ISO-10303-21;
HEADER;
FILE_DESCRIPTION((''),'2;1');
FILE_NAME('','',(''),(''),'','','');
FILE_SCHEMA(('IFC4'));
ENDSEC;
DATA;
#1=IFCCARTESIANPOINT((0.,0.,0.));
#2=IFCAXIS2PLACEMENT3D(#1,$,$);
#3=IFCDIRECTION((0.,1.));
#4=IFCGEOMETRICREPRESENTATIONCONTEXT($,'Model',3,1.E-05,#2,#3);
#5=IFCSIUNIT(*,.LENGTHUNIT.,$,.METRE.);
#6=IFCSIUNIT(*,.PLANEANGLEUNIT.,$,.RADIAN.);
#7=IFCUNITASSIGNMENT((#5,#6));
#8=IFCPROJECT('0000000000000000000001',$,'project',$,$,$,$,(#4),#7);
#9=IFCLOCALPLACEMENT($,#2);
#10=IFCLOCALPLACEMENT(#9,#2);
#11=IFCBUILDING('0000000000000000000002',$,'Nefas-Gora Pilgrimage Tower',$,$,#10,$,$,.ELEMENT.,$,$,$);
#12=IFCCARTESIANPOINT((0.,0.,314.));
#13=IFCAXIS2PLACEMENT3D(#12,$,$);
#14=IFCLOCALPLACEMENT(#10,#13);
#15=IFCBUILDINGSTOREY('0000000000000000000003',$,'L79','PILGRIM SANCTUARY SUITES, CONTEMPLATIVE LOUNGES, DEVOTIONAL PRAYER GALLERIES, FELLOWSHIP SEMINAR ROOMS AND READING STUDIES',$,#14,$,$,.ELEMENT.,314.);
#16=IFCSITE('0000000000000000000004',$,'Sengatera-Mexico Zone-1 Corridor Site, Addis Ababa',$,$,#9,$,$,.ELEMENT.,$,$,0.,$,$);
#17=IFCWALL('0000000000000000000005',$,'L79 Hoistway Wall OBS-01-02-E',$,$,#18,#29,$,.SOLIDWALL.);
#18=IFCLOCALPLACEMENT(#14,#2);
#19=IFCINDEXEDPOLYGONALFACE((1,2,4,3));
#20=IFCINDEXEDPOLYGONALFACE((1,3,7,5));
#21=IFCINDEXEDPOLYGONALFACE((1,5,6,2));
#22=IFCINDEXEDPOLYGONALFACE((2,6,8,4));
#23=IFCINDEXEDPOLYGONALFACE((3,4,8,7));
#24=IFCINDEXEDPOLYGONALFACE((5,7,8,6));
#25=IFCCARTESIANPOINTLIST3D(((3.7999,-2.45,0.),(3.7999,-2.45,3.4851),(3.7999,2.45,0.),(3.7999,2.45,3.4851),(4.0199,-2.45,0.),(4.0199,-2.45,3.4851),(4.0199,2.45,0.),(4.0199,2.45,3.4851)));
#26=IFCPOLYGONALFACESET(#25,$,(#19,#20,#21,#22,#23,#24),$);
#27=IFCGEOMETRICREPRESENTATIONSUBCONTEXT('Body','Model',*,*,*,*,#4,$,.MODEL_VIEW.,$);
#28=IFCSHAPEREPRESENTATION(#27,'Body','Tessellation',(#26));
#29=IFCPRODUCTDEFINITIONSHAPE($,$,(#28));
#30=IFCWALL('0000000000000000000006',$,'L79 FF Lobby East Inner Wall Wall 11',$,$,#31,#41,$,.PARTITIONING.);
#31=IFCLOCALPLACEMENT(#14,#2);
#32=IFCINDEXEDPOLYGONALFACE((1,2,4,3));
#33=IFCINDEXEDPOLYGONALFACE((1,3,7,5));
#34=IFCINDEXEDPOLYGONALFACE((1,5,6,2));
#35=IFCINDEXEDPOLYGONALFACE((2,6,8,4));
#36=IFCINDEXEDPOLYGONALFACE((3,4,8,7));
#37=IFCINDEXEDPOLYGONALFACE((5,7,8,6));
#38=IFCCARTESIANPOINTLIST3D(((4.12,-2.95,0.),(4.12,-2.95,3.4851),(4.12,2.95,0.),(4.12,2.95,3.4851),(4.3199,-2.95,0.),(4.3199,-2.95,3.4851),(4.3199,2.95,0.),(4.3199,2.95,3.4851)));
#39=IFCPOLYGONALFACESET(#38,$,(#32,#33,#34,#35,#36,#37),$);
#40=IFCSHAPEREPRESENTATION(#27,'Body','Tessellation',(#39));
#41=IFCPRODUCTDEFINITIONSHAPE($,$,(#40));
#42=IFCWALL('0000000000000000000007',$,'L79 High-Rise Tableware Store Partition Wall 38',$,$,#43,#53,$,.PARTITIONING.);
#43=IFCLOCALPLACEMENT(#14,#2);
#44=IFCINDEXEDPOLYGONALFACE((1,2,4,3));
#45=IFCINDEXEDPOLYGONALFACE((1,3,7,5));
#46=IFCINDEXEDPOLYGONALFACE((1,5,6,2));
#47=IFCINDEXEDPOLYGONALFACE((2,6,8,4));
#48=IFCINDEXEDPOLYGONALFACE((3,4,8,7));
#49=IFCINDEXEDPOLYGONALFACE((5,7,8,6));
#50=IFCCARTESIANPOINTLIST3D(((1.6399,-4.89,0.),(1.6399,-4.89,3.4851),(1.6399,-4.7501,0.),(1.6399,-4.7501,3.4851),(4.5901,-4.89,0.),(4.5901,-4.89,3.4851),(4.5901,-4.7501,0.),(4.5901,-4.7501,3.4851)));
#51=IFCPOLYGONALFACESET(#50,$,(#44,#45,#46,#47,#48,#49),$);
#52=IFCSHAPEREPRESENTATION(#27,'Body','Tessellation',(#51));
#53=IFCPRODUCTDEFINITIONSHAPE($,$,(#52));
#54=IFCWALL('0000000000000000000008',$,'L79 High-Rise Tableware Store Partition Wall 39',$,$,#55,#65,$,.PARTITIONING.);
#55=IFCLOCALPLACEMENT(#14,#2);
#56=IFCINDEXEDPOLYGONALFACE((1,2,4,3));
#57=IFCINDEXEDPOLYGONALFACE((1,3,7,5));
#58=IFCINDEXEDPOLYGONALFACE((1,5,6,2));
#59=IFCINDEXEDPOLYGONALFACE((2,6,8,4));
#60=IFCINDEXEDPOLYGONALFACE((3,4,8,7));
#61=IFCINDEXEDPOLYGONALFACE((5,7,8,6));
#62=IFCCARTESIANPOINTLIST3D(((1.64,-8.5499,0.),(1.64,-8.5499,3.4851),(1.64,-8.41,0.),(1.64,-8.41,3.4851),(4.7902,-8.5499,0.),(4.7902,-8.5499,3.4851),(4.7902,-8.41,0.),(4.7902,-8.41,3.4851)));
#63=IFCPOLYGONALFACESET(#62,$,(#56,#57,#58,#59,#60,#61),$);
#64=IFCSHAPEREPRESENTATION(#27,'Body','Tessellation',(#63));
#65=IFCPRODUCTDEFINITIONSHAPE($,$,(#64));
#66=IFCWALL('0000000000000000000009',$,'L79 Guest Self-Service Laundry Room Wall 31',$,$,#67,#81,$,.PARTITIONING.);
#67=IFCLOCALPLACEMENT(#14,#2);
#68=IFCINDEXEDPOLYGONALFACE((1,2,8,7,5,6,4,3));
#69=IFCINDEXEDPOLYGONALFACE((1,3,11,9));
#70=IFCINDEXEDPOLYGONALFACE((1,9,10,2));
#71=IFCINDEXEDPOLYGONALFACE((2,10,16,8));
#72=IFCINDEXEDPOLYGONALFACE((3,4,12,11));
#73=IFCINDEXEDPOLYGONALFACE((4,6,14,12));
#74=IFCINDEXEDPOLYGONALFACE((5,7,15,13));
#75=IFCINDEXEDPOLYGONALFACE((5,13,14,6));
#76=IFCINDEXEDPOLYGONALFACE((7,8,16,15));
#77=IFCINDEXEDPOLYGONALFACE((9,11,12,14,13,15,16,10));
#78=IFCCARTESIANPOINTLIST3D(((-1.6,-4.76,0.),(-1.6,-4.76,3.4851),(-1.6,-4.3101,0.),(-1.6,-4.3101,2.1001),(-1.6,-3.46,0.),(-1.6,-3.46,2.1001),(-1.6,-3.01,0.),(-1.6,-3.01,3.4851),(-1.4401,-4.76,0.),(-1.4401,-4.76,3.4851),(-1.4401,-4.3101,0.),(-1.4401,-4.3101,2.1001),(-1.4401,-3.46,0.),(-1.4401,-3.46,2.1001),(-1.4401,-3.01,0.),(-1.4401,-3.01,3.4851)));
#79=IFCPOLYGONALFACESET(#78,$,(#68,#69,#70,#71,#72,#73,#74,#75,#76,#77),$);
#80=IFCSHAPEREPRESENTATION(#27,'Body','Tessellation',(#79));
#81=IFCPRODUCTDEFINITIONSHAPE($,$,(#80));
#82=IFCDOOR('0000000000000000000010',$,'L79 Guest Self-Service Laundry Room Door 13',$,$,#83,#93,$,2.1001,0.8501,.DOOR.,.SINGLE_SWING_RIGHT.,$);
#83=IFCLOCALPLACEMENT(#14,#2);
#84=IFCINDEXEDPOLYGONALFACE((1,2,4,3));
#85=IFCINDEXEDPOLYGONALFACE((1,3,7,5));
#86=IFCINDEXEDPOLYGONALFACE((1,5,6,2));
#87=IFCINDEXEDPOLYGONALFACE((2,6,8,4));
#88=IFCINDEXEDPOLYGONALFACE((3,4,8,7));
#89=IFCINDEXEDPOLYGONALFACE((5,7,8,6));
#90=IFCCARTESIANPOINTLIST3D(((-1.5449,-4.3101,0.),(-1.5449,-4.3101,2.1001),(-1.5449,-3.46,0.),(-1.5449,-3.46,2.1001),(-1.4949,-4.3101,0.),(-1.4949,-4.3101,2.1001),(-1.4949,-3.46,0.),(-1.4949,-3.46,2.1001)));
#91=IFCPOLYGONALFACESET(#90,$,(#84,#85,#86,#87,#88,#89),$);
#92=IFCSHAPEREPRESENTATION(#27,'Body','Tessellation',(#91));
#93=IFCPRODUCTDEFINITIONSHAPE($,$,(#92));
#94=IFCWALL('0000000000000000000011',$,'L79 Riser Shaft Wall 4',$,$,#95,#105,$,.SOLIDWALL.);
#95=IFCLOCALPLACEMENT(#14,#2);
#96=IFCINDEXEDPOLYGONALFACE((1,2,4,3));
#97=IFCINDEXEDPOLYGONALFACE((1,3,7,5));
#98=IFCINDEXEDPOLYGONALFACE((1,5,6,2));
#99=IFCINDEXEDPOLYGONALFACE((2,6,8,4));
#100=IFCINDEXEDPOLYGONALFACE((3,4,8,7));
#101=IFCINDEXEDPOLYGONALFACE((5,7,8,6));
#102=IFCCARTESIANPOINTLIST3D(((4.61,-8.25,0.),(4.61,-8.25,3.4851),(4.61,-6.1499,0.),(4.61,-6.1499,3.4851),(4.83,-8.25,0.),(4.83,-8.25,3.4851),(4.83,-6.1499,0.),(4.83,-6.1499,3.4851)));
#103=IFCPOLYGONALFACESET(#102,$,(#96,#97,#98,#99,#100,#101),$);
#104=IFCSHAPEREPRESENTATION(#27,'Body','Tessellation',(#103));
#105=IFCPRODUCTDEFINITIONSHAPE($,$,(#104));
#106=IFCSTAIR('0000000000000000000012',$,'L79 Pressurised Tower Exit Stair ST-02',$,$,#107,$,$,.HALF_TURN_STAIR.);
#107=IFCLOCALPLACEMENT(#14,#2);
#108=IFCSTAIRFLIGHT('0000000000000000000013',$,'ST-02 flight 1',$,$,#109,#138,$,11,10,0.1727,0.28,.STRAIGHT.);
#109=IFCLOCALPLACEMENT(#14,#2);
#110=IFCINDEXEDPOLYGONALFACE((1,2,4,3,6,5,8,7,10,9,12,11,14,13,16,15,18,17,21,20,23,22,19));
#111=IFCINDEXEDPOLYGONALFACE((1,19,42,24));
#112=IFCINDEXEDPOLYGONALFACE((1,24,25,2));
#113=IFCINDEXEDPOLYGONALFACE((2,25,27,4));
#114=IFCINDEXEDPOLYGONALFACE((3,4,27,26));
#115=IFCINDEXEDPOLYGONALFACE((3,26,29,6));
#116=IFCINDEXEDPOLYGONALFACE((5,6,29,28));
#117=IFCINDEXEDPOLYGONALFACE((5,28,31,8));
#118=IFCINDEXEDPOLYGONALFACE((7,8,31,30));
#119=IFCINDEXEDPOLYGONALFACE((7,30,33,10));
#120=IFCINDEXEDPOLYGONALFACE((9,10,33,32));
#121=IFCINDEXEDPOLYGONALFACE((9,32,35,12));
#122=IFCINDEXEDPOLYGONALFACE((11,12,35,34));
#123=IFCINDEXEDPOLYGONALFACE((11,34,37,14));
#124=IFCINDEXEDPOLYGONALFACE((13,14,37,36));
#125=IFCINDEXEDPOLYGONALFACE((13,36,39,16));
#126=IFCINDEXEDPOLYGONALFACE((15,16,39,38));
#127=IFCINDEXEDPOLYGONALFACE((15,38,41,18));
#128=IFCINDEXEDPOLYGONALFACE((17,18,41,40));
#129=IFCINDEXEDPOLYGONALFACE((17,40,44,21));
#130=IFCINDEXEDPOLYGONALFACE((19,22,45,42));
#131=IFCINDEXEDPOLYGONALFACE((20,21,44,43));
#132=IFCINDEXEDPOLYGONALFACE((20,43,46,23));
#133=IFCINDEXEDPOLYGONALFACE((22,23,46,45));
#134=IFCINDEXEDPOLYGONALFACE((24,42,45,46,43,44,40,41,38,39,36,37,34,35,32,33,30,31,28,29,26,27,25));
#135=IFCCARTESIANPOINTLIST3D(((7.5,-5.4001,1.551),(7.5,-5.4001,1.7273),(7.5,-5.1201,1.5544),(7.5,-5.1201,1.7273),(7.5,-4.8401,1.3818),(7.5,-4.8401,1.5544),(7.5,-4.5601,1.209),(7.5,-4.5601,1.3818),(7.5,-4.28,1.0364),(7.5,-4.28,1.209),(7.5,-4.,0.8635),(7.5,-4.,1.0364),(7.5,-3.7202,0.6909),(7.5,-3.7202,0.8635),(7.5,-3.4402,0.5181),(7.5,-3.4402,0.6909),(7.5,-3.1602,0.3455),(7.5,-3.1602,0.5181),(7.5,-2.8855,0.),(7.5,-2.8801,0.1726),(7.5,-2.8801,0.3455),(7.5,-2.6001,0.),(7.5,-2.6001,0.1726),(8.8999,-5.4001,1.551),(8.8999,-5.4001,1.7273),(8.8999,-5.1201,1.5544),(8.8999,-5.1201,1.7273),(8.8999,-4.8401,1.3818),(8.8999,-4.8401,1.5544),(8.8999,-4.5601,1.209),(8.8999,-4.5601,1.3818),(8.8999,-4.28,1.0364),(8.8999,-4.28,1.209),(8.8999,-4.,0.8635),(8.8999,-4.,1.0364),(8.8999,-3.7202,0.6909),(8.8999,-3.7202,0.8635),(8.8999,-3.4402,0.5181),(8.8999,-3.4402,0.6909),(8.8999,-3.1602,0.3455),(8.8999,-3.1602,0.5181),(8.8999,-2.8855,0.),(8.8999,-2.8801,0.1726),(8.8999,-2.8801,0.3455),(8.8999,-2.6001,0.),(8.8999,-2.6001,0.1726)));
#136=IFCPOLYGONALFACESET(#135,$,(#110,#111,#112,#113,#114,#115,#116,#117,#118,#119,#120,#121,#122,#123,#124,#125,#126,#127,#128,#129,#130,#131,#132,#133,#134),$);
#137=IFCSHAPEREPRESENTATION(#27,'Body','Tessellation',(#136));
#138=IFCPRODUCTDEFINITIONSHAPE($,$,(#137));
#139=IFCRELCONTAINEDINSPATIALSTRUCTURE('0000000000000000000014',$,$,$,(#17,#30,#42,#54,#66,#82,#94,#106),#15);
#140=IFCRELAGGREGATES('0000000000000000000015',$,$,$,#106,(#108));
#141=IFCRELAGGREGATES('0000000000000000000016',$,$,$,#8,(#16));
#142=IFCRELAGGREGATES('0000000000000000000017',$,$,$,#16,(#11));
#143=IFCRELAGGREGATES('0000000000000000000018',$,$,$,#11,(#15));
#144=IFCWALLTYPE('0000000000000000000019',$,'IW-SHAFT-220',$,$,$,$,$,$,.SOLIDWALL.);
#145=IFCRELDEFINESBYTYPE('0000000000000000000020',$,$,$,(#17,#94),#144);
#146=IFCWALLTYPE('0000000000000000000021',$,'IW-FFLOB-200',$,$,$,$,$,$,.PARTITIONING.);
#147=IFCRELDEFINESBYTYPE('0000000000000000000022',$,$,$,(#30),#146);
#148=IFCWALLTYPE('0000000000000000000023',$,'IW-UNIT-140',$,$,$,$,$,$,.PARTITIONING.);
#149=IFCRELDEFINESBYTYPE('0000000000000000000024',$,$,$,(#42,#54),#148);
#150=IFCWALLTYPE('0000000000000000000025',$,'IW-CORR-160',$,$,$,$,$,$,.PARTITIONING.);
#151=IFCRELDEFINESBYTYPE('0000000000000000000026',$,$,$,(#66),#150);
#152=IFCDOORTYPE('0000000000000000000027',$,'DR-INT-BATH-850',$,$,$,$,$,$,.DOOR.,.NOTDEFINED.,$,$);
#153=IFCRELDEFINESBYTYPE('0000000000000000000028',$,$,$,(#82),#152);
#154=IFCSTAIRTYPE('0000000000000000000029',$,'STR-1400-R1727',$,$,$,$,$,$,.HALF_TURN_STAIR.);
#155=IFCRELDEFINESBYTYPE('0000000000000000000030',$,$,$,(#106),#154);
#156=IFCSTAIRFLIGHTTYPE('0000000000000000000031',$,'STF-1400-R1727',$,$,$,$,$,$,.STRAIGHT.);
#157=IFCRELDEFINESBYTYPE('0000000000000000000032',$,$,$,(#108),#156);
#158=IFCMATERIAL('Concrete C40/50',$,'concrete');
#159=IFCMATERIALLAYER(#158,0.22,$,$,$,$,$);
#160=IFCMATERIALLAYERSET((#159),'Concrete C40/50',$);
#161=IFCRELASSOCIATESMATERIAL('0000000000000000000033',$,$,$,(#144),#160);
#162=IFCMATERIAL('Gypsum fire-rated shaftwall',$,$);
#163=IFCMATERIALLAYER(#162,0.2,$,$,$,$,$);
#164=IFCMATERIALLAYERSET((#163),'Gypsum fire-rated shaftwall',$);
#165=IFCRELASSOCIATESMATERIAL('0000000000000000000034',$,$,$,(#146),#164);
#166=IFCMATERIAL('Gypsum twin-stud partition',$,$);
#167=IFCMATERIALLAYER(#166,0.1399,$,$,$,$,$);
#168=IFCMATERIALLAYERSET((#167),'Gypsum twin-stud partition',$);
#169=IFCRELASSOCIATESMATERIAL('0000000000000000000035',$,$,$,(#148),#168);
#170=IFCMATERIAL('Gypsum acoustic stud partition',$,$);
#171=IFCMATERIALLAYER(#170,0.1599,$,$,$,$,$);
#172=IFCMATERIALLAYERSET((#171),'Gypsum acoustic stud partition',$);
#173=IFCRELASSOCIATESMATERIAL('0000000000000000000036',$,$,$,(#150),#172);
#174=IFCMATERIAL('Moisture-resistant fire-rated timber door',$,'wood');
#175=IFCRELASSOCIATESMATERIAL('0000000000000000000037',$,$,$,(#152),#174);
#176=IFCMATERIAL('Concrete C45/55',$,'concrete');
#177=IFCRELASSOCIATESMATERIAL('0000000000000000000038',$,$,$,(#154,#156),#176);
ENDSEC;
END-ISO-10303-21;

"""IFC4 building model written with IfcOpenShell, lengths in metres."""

from ifc_helpers import new_model, si_unit, direction, frame, frame_2d, origin, place, context, subcontext, project, spatial, polyline, rectangle, outline, extrude, source, transform, mapped, material, layer, layer_set, type_object, element, fill, aggregate, save


model = new_model("IFC4")

# Units and contexts
model_context = context("Model", 3, precision=1e-05, world=origin(), true_north=direction((0.0, 1.0)))
body_context = subcontext(model_context, "Body", "Model", "MODEL_VIEW")
ifc_project = project(units=[si_unit("LENGTHUNIT", "METRE"), si_unit("PLANEANGLEUNIT", "RADIAN")], contexts=[model_context])

# Site, building, storey
site_placement = place(None, origin())
site = spatial("IfcSite", under=ifc_project, at=site_placement, Name="Sengatera-Mexico Zone-1 Corridor Site, Addis Ababa", CompositionType="ELEMENT", RefElevation=0.0)
building_placement = place(site_placement, origin())
building = spatial("IfcBuilding", under=site, at=building_placement, Name="Nefas-Gora Pilgrimage Tower", CompositionType="ELEMENT")
storey_placement = place(building_placement, frame((0.0, 0.0, 314.0)))
storey = spatial("IfcBuildingStorey", under=building, at=storey_placement, Name="L79", Description="PILGRIM SANCTUARY SUITES, CONTEMPLATIVE LOUNGES, DEVOTIONAL PRAYER GALLERIES, FELLOWSHIP SEMINAR ROOMS AND READING STUDIES", CompositionType="ELEMENT", Elevation=314.0)

# Shared definitions
ifc_material_1 = material(Name="Concrete C40/50", Category="concrete")

# Shared definitions
ifc_material_2 = material(Name="Concrete C45/55", Category="concrete")

# Shared definitions
ifc_layer_1 = layer(ifc_material_1, 0.22)
ifc_layer_set_1 = layer_set([ifc_layer_1], Name="Concrete C40/50")
wall_type_1 = type_object("IfcWallType", Name="IW-SHAFT-220", PredefinedType="SOLIDWALL", material=ifc_layer_set_1)

# Walls
shared_shape_1 = source(origin(), body_context, "Body", "SweptSolid", [
    extrude(rectangle(XDim=4.8999, YDim=0.22, at=frame_2d((2.45, 0.0))), origin(), (0.0, 0.0, 1.0), 3.4851),
])
wall_1_placement = place(storey_placement, frame((3.9099, -2.45, 0.0), z_axis=(0.0, 0.0, 1.0), x_axis=(0.0, 1.0, 0.0)))
element("IfcWall", 1, at=wall_1_placement, inside=storey, type_object=wall_type_1, Name="L79 Hoistway Wall OBS-01-02-E", PredefinedType="SOLIDWALL", context=body_context, shape_type="MappedRepresentation", body=[
    mapped(shared_shape_1, transform((0.0, 0.0, 0.0), x_axis=(1.0, 0.0, 0.0), y_axis=(0.0, 1.0, 0.0), z_axis=(0.0, 0.0, 1.0), scale=1.0)),
])
ifc_material_3 = material(Name="Gypsum fire-rated shaftwall")
ifc_layer_2 = layer(ifc_material_3, 0.2)
ifc_layer_set_2 = layer_set([ifc_layer_2], Name="Gypsum fire-rated shaftwall")
wall_type_2 = type_object("IfcWallType", Name="IW-FFLOB-200", PredefinedType="PARTITIONING", material=ifc_layer_set_2)
shared_shape_2 = source(origin(), body_context, "Body", "SweptSolid", [
    extrude(rectangle(XDim=5.8999, YDim=0.2, at=frame_2d((2.95, 0.0))), origin(), (0.0, 0.0, 1.0), 3.4851),
])
wall_2_placement = place(storey_placement, frame((4.22, -2.95, 0.0), z_axis=(0.0, 0.0, 1.0), x_axis=(0.0, 1.0, 0.0)))
element("IfcWall", 2, at=wall_2_placement, inside=storey, type_object=wall_type_2, Name="L79 FF Lobby East Inner Wall Wall 11", PredefinedType="PARTITIONING", context=body_context, shape_type="MappedRepresentation", body=[
    mapped(shared_shape_2, transform((0.0, 0.0, 0.0), x_axis=(1.0, 0.0, 0.0), y_axis=(0.0, 1.0, 0.0), z_axis=(0.0, 0.0, 1.0), scale=1.0)),
])
ifc_material_4 = material(Name="Gypsum twin-stud partition")
ifc_layer_3 = layer(ifc_material_4, 0.1399)
ifc_layer_set_3 = layer_set([ifc_layer_3], Name="Gypsum twin-stud partition")
wall_type_3 = type_object("IfcWallType", Name="IW-UNIT-140", PredefinedType="PARTITIONING", material=ifc_layer_set_3)
shared_shape_3 = source(origin(), body_context, "Body", "SweptSolid", [
    extrude(rectangle(XDim=2.9502, YDim=0.1399, at=frame_2d((1.4751, 0.0))), origin(), (0.0, 0.0, 1.0), 3.4851),
])
wall_3_placement = place(storey_placement, frame((1.6399, -4.8201, 0.0), z_axis=(0.0, 0.0, 1.0), x_axis=(1.0, 0.0, 0.0)))
element("IfcWall", 3, at=wall_3_placement, inside=storey, type_object=wall_type_3, Name="L79 High-Rise Tableware Store Partition Wall 38", PredefinedType="PARTITIONING", context=body_context, shape_type="MappedRepresentation", body=[
    mapped(shared_shape_3, transform((0.0, 0.0, 0.0), x_axis=(1.0, 0.0, 0.0), y_axis=(0.0, 1.0, 0.0), z_axis=(0.0, 0.0, 1.0), scale=1.0)),
])
shared_shape_4 = source(origin(), body_context, "Body", "SweptSolid", [
    extrude(rectangle(XDim=3.1501, YDim=0.1399, at=frame_2d((1.5752, 0.0))), origin(), (0.0, 0.0, 1.0), 3.4851),
])
wall_4_placement = place(storey_placement, frame((1.6399, -8.48, 0.0), z_axis=(0.0, 0.0, 1.0), x_axis=(1.0, 0.0, 0.0)))
element("IfcWall", 4, at=wall_4_placement, inside=storey, type_object=wall_type_3, Name="L79 High-Rise Tableware Store Partition Wall 39", PredefinedType="PARTITIONING", context=body_context, shape_type="MappedRepresentation", body=[
    mapped(shared_shape_4, transform((0.0, 0.0, 0.0), x_axis=(1.0, 0.0, 0.0), y_axis=(0.0, 1.0, 0.0), z_axis=(0.0, 0.0, 1.0), scale=1.0)),
])

# Wall, opening, door
ifc_material_5 = material(Name="Gypsum acoustic stud partition")
ifc_layer_4 = layer(ifc_material_5, 0.1599)
ifc_layer_set_4 = layer_set([ifc_layer_4], Name="Gypsum acoustic stud partition")
wall_type_4 = type_object("IfcWallType", Name="IW-CORR-160", PredefinedType="PARTITIONING", material=ifc_layer_set_4)
shared_shape_5 = source(origin(), body_context, "Body", "SweptSolid", [
    extrude(rectangle(XDim=1.75, YDim=0.1599, at=frame_2d((0.875, 0.0))), origin(), (0.0, 0.0, 1.0), 3.4851),
])
wall_5_placement = place(storey_placement, frame((-1.52, -4.76, 0.0), z_axis=(0.0, 0.0, 1.0), x_axis=(0.0, 1.0, 0.0)))
wall_5 = element("IfcWall", 5, at=wall_5_placement, inside=storey, type_object=wall_type_4, Name="L79 Guest Self-Service Laundry Room Wall 31", PredefinedType="PARTITIONING", context=body_context, shape_type="MappedRepresentation", body=[
    mapped(shared_shape_5, transform((0.0, 0.0, 0.0), x_axis=(1.0, 0.0, 0.0), y_axis=(0.0, 1.0, 0.0), z_axis=(0.0, 0.0, 1.0), scale=1.0)),
])
opening_1_placement = place(wall_5_placement, frame((0.45, 0.0, 0.0)))
opening_1 = element("IfcOpeningElement", 6, at=opening_1_placement, cuts=wall_5, PredefinedType="OPENING", context=body_context, shape_type="SweptSolid", body=[
    extrude(rectangle(XDim=0.8501, YDim=2.1001, at=frame_2d((0.425, 1.05))), frame((0.0, 0.0898, 0.0), z_axis=(0.0, -1.0, 0.0), x_axis=(1.0, 0.0, 0.0)), (0.0, 0.0, 1.0), 0.1799),
])
ifc_material_6 = material(Name="Moisture-resistant fire-rated timber door", Category="wood")
door_type_1 = type_object("IfcDoorType", Name="DR-INT-BATH-850", OperationType="NOTDEFINED", PredefinedType="DOOR", material=ifc_material_6)
shared_shape_6 = source(origin(), body_context, "Body", "SweptSolid", [
    extrude(rectangle(XDim=0.8501, YDim=2.1001, at=frame_2d((0.425, 1.05))), frame((0.0, 0.0249, 0.0), z_axis=(0.0, -1.0, 0.0), x_axis=(1.0, 0.0, 0.0)), (0.0, 0.0, 1.0), 0.05),
])
door_1_placement = place(opening_1_placement, origin())
door_1 = element("IfcDoor", 7, at=door_1_placement, inside=storey, type_object=door_type_1, Name="L79 Guest Self-Service Laundry Room Door 13", OperationType="SINGLE_SWING_RIGHT", OverallHeight=2.1001, OverallWidth=0.8501, PredefinedType="DOOR", context=body_context, shape_type="MappedRepresentation", body=[
    mapped(shared_shape_6, transform((0.0, 0.0, 0.0), x_axis=(1.0, 0.0, 0.0), y_axis=(0.0, 1.0, 0.0), z_axis=(0.0, 0.0, 1.0), scale=1.0)),
])
fill(opening_1, door_1)

# Wall
shared_shape_7 = source(origin(), body_context, "Body", "SweptSolid", [
    extrude(rectangle(XDim=2.1001, YDim=0.22, at=frame_2d((1.05, 0.0))), origin(), (0.0, 0.0, 1.0), 3.4851),
])
wall_6_placement = place(storey_placement, frame((4.72, -8.25, 0.0), z_axis=(0.0, 0.0, 1.0), x_axis=(0.0, 1.0, 0.0)))
element("IfcWall", 8, at=wall_6_placement, inside=storey, type_object=wall_type_1, Name="L79 Riser Shaft Wall 4", PredefinedType="SOLIDWALL", context=body_context, shape_type="MappedRepresentation", body=[
    mapped(shared_shape_7, transform((0.0, 0.0, 0.0), x_axis=(1.0, 0.0, 0.0), y_axis=(0.0, 1.0, 0.0), z_axis=(0.0, 0.0, 1.0), scale=1.0)),
])

# Stair, stair flight
stair_type = type_object("IfcStairType", Name="STR-1400-R1727", PredefinedType="HALF_TURN_STAIR", material=ifc_material_2)
stair_placement = place(storey_placement, origin())
stair = element("IfcStair", 9, at=stair_placement, inside=storey, type_object=stair_type, Name="L79 Pressurised Tower Exit Stair ST-02", PredefinedType="HALF_TURN_STAIR")
stair_flight_type = type_object("IfcStairFlightType", Name="STF-1400-R1727", PredefinedType="STRAIGHT", material=ifc_material_2)
shared_shape_8 = source(origin(), body_context, "Body", "SweptSolid", [
    extrude(outline(polyline([(0.0, 0.0), (0.0, 0.1726), (0.28, 0.1726), (0.28, 0.3455), (0.5601, 0.3455), (0.5601, 0.5181), (0.8401, 0.5181), (0.8401, 0.6909), (1.1201, 0.6909), (1.1201, 0.8635), (1.3999, 0.8635), (1.3999, 1.0364), (1.6799, 1.0364), (1.6799, 1.209), (1.96, 1.209), (1.96, 1.3818), (2.24, 1.3818), (2.24, 1.5544), (2.52, 1.5544), (2.52, 1.7273), (2.8, 1.7273), (2.8, 1.8999), (2.8, 1.551), (0.2854, 0.0), (0.0, 0.0)])), frame((0.0, 0.7, 0.0), z_axis=(0.0, -1.0, 0.0), x_axis=(1.0, 0.0, 0.0)), (0.0, 0.0, 1.0), 1.3999),
])
stair_flight_placement = place(storey_placement, frame((8.2, -2.6001, 0.0), z_axis=(0.0, 0.0, 1.0), x_axis=(0.0, -1.0, 0.0)))
stair_flight = element("IfcStairFlight", 10, at=stair_flight_placement, type_object=stair_flight_type, Name="ST-02 flight 1", NumberOfRisers=11, NumberOfTreads=10, PredefinedType="STRAIGHT", RiserHeight=0.1727, TreadLength=0.28, context=body_context, shape_type="MappedRepresentation", body=[
    mapped(shared_shape_8, transform((0.0, 0.0, 0.0), x_axis=(1.0, 0.0, 0.0), y_axis=(0.0, 1.0, 0.0), z_axis=(0.0, 0.0, 1.0), scale=1.0)),
])
aggregate(stair, [stair_flight])

save(model, "model.ifc")
